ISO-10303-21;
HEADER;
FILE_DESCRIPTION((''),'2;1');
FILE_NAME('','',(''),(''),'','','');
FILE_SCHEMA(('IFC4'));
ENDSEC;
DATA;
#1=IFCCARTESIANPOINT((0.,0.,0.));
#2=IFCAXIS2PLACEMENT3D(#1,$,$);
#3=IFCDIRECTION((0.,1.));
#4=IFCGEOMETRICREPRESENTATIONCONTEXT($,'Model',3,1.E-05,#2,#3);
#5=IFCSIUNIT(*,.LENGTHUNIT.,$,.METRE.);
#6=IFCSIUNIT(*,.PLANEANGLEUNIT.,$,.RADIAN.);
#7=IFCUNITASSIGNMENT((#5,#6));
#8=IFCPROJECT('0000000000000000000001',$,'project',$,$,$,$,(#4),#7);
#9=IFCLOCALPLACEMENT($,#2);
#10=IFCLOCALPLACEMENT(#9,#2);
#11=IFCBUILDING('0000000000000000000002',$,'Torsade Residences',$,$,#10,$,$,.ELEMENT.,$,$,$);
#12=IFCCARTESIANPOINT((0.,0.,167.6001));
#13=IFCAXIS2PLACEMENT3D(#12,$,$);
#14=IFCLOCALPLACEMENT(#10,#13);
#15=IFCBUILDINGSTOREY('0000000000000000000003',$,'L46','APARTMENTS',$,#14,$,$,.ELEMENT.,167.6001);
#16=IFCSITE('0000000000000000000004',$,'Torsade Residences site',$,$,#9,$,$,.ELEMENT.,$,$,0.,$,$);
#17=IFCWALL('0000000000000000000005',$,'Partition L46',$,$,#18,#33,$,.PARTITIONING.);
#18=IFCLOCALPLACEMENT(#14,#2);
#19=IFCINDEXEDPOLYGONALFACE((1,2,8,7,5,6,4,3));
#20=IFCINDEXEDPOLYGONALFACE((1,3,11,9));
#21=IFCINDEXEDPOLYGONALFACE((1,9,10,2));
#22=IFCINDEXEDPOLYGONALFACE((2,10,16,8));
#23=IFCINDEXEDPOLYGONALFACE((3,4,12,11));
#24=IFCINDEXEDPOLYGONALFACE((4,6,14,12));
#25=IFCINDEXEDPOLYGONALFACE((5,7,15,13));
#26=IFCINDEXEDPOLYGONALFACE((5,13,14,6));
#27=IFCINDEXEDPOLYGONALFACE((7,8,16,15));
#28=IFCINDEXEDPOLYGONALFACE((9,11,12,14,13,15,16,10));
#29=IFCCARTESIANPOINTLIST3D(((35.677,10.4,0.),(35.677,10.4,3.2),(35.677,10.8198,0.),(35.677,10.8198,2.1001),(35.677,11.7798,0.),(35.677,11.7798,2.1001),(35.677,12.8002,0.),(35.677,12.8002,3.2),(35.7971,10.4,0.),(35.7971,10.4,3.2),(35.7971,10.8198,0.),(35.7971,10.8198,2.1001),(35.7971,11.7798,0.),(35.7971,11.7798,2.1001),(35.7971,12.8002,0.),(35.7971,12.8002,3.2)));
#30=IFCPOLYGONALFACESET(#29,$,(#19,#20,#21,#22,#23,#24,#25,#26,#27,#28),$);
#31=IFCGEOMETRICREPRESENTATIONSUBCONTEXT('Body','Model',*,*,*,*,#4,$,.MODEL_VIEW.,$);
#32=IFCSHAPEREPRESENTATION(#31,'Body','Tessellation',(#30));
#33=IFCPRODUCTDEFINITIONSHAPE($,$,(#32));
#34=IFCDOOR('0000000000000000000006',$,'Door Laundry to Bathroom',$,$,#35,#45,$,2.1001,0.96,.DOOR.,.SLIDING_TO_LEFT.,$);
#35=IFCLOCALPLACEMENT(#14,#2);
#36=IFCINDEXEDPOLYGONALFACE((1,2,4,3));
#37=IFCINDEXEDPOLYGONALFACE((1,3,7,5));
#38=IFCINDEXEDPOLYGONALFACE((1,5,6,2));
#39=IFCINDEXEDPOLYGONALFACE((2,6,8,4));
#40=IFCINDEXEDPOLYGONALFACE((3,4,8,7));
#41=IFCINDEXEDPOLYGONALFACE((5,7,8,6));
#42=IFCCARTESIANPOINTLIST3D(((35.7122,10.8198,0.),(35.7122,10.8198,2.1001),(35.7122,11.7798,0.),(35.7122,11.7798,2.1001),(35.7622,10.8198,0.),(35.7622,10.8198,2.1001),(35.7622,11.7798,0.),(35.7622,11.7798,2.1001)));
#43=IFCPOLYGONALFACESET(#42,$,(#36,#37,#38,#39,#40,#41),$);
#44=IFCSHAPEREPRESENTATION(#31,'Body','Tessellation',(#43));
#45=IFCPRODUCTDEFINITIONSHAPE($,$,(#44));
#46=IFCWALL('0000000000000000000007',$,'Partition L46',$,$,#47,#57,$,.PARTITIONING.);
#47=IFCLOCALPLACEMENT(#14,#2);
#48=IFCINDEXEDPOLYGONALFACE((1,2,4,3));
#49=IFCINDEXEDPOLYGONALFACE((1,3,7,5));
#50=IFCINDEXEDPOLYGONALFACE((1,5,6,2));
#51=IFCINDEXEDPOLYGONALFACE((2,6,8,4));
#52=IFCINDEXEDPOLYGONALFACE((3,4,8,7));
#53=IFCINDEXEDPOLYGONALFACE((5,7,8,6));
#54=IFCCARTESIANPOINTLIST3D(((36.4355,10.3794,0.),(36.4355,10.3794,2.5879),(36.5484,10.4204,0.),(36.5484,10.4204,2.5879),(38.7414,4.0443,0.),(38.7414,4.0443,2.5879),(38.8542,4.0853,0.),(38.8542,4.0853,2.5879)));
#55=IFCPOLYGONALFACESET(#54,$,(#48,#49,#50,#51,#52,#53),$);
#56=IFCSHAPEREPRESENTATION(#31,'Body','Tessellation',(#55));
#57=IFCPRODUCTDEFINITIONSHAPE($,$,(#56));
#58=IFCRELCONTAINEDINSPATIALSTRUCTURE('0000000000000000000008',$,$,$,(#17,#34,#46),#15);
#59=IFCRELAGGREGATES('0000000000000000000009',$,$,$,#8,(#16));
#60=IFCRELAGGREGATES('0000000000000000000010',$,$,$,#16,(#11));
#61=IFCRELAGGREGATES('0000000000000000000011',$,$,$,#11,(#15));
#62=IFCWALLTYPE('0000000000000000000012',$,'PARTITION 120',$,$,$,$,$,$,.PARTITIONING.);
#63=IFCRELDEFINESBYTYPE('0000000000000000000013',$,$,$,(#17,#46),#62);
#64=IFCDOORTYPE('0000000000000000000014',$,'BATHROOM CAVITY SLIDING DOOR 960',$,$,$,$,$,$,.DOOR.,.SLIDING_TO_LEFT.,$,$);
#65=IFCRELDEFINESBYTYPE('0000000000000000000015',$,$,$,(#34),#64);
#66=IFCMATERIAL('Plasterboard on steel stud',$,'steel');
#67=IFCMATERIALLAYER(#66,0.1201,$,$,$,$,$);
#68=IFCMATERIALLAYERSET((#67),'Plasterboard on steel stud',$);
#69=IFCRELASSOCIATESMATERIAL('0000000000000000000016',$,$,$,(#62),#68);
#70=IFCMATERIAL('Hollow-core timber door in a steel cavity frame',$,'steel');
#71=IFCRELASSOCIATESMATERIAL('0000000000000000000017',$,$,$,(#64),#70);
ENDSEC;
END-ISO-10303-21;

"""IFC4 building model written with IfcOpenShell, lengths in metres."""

from ifc_helpers import new_model, si_unit, direction, frame, frame_2d, origin, place, context, subcontext, project, spatial, rectangle, extrude, material, layer, layer_set, type_object, element, fill, save


model = new_model("IFC4")

# Units and contexts
model_context = context("Model", 3, precision=1e-05, world=origin(), true_north=direction((0.0, 1.0)))
body_context = subcontext(model_context, "Body", "Model", "MODEL_VIEW")
ifc_project = project(units=[si_unit("LENGTHUNIT", "METRE"), si_unit("PLANEANGLEUNIT", "RADIAN")], contexts=[model_context])

# Site, building, storey
site_placement = place(None, origin())
site = spatial("IfcSite", under=ifc_project, at=site_placement, Name="Torsade Residences site", CompositionType="ELEMENT", RefElevation=0.0)
building_placement = place(site_placement, origin())
building = spatial("IfcBuilding", under=site, at=building_placement, Name="Torsade Residences", CompositionType="ELEMENT")
storey_placement = place(building_placement, frame((0.0, 0.0, 167.6001)))
storey = spatial("IfcBuildingStorey", under=building, at=storey_placement, Name="L46", Description="APARTMENTS", CompositionType="ELEMENT", Elevation=167.6001)

# Wall, opening, door
ifc_material_1 = material(Name="Plasterboard on steel stud", Category="steel")
ifc_layer_1 = layer(ifc_material_1, 0.1201)
ifc_layer_set_1 = layer_set([ifc_layer_1], Name="Plasterboard on steel stud")
wall_type = type_object("IfcWallType", Name="PARTITION 120", PredefinedType="PARTITIONING", material=ifc_layer_set_1)
wall_1_placement = place(storey_placement, frame((35.7371, 10.3999, 0.0), z_axis=(0.0, 0.0, 1.0), x_axis=(0.0, 1.0, 0.0)))
wall_1 = element("IfcWall", 1, at=wall_1_placement, inside=storey, type_object=wall_type, Name="Partition L46", PredefinedType="PARTITIONING", context=body_context, shape_type="SweptSolid", body=[
    extrude(rectangle(XDim=2.4001, YDim=0.1201, at=frame_2d((1.2002, 0.0))), origin(), (0.0, 0.0, 1.0), 3.2),
])
opening_placement = place(wall_1_placement, frame((0.4199, 0.0, 0.0)))
opening = element("IfcOpeningElement", 2, at=opening_placement, cuts=wall_1, PredefinedType="OPENING", context=body_context, shape_type="SweptSolid", body=[
    extrude(rectangle(XDim=0.96, YDim=2.1001, at=frame_2d((0.48, 1.05))), frame((0.0, 0.0701, 0.0), z_axis=(0.0, -1.0, 0.0), x_axis=(1.0, 0.0, 0.0)), (0.0, 0.0, 1.0), 0.1401),
])
ifc_material_2 = material(Name="Hollow-core timber door in a steel cavity frame", Category="steel")
door_type = type_object("IfcDoorType", Name="BATHROOM CAVITY SLIDING DOOR 960", OperationType="SLIDING_TO_LEFT", PredefinedType="DOOR", material=ifc_material_2)
door_placement = place(opening_placement, origin())
door = element("IfcDoor", 3, at=door_placement, inside=storey, type_object=door_type, Name="Door Laundry to Bathroom", OperationType="SLIDING_TO_LEFT", OverallHeight=2.1001, OverallWidth=0.96, PredefinedType="DOOR", context=body_context, shape_type="SweptSolid", body=[
    extrude(rectangle(XDim=0.96, YDim=2.1001, at=frame_2d((0.48, 1.05))), frame((0.0, 0.0249, 0.0), z_axis=(0.0, -1.0, 0.0), x_axis=(1.0, 0.0, 0.0)), (0.0, 0.0, 1.0), 0.05),
])
fill(opening, door)

# Wall
wall_2_placement = place(storey_placement, frame((36.4919, 10.3999, 0.0), z_axis=(0.0, 0.0, 1.0), x_axis=(0.342031, -0.939689, 0.0)))
element("IfcWall", 4, at=wall_2_placement, inside=storey, type_object=wall_type, Name="Partition L46", PredefinedType="PARTITIONING", context=body_context, shape_type="SweptSolid", body=[
    extrude(rectangle(XDim=6.7417, YDim=0.1201, at=frame_2d((3.3708, 0.0))), origin(), (0.0, 0.0, 1.0), 2.5879),
])

save(model, "model.ifc")
